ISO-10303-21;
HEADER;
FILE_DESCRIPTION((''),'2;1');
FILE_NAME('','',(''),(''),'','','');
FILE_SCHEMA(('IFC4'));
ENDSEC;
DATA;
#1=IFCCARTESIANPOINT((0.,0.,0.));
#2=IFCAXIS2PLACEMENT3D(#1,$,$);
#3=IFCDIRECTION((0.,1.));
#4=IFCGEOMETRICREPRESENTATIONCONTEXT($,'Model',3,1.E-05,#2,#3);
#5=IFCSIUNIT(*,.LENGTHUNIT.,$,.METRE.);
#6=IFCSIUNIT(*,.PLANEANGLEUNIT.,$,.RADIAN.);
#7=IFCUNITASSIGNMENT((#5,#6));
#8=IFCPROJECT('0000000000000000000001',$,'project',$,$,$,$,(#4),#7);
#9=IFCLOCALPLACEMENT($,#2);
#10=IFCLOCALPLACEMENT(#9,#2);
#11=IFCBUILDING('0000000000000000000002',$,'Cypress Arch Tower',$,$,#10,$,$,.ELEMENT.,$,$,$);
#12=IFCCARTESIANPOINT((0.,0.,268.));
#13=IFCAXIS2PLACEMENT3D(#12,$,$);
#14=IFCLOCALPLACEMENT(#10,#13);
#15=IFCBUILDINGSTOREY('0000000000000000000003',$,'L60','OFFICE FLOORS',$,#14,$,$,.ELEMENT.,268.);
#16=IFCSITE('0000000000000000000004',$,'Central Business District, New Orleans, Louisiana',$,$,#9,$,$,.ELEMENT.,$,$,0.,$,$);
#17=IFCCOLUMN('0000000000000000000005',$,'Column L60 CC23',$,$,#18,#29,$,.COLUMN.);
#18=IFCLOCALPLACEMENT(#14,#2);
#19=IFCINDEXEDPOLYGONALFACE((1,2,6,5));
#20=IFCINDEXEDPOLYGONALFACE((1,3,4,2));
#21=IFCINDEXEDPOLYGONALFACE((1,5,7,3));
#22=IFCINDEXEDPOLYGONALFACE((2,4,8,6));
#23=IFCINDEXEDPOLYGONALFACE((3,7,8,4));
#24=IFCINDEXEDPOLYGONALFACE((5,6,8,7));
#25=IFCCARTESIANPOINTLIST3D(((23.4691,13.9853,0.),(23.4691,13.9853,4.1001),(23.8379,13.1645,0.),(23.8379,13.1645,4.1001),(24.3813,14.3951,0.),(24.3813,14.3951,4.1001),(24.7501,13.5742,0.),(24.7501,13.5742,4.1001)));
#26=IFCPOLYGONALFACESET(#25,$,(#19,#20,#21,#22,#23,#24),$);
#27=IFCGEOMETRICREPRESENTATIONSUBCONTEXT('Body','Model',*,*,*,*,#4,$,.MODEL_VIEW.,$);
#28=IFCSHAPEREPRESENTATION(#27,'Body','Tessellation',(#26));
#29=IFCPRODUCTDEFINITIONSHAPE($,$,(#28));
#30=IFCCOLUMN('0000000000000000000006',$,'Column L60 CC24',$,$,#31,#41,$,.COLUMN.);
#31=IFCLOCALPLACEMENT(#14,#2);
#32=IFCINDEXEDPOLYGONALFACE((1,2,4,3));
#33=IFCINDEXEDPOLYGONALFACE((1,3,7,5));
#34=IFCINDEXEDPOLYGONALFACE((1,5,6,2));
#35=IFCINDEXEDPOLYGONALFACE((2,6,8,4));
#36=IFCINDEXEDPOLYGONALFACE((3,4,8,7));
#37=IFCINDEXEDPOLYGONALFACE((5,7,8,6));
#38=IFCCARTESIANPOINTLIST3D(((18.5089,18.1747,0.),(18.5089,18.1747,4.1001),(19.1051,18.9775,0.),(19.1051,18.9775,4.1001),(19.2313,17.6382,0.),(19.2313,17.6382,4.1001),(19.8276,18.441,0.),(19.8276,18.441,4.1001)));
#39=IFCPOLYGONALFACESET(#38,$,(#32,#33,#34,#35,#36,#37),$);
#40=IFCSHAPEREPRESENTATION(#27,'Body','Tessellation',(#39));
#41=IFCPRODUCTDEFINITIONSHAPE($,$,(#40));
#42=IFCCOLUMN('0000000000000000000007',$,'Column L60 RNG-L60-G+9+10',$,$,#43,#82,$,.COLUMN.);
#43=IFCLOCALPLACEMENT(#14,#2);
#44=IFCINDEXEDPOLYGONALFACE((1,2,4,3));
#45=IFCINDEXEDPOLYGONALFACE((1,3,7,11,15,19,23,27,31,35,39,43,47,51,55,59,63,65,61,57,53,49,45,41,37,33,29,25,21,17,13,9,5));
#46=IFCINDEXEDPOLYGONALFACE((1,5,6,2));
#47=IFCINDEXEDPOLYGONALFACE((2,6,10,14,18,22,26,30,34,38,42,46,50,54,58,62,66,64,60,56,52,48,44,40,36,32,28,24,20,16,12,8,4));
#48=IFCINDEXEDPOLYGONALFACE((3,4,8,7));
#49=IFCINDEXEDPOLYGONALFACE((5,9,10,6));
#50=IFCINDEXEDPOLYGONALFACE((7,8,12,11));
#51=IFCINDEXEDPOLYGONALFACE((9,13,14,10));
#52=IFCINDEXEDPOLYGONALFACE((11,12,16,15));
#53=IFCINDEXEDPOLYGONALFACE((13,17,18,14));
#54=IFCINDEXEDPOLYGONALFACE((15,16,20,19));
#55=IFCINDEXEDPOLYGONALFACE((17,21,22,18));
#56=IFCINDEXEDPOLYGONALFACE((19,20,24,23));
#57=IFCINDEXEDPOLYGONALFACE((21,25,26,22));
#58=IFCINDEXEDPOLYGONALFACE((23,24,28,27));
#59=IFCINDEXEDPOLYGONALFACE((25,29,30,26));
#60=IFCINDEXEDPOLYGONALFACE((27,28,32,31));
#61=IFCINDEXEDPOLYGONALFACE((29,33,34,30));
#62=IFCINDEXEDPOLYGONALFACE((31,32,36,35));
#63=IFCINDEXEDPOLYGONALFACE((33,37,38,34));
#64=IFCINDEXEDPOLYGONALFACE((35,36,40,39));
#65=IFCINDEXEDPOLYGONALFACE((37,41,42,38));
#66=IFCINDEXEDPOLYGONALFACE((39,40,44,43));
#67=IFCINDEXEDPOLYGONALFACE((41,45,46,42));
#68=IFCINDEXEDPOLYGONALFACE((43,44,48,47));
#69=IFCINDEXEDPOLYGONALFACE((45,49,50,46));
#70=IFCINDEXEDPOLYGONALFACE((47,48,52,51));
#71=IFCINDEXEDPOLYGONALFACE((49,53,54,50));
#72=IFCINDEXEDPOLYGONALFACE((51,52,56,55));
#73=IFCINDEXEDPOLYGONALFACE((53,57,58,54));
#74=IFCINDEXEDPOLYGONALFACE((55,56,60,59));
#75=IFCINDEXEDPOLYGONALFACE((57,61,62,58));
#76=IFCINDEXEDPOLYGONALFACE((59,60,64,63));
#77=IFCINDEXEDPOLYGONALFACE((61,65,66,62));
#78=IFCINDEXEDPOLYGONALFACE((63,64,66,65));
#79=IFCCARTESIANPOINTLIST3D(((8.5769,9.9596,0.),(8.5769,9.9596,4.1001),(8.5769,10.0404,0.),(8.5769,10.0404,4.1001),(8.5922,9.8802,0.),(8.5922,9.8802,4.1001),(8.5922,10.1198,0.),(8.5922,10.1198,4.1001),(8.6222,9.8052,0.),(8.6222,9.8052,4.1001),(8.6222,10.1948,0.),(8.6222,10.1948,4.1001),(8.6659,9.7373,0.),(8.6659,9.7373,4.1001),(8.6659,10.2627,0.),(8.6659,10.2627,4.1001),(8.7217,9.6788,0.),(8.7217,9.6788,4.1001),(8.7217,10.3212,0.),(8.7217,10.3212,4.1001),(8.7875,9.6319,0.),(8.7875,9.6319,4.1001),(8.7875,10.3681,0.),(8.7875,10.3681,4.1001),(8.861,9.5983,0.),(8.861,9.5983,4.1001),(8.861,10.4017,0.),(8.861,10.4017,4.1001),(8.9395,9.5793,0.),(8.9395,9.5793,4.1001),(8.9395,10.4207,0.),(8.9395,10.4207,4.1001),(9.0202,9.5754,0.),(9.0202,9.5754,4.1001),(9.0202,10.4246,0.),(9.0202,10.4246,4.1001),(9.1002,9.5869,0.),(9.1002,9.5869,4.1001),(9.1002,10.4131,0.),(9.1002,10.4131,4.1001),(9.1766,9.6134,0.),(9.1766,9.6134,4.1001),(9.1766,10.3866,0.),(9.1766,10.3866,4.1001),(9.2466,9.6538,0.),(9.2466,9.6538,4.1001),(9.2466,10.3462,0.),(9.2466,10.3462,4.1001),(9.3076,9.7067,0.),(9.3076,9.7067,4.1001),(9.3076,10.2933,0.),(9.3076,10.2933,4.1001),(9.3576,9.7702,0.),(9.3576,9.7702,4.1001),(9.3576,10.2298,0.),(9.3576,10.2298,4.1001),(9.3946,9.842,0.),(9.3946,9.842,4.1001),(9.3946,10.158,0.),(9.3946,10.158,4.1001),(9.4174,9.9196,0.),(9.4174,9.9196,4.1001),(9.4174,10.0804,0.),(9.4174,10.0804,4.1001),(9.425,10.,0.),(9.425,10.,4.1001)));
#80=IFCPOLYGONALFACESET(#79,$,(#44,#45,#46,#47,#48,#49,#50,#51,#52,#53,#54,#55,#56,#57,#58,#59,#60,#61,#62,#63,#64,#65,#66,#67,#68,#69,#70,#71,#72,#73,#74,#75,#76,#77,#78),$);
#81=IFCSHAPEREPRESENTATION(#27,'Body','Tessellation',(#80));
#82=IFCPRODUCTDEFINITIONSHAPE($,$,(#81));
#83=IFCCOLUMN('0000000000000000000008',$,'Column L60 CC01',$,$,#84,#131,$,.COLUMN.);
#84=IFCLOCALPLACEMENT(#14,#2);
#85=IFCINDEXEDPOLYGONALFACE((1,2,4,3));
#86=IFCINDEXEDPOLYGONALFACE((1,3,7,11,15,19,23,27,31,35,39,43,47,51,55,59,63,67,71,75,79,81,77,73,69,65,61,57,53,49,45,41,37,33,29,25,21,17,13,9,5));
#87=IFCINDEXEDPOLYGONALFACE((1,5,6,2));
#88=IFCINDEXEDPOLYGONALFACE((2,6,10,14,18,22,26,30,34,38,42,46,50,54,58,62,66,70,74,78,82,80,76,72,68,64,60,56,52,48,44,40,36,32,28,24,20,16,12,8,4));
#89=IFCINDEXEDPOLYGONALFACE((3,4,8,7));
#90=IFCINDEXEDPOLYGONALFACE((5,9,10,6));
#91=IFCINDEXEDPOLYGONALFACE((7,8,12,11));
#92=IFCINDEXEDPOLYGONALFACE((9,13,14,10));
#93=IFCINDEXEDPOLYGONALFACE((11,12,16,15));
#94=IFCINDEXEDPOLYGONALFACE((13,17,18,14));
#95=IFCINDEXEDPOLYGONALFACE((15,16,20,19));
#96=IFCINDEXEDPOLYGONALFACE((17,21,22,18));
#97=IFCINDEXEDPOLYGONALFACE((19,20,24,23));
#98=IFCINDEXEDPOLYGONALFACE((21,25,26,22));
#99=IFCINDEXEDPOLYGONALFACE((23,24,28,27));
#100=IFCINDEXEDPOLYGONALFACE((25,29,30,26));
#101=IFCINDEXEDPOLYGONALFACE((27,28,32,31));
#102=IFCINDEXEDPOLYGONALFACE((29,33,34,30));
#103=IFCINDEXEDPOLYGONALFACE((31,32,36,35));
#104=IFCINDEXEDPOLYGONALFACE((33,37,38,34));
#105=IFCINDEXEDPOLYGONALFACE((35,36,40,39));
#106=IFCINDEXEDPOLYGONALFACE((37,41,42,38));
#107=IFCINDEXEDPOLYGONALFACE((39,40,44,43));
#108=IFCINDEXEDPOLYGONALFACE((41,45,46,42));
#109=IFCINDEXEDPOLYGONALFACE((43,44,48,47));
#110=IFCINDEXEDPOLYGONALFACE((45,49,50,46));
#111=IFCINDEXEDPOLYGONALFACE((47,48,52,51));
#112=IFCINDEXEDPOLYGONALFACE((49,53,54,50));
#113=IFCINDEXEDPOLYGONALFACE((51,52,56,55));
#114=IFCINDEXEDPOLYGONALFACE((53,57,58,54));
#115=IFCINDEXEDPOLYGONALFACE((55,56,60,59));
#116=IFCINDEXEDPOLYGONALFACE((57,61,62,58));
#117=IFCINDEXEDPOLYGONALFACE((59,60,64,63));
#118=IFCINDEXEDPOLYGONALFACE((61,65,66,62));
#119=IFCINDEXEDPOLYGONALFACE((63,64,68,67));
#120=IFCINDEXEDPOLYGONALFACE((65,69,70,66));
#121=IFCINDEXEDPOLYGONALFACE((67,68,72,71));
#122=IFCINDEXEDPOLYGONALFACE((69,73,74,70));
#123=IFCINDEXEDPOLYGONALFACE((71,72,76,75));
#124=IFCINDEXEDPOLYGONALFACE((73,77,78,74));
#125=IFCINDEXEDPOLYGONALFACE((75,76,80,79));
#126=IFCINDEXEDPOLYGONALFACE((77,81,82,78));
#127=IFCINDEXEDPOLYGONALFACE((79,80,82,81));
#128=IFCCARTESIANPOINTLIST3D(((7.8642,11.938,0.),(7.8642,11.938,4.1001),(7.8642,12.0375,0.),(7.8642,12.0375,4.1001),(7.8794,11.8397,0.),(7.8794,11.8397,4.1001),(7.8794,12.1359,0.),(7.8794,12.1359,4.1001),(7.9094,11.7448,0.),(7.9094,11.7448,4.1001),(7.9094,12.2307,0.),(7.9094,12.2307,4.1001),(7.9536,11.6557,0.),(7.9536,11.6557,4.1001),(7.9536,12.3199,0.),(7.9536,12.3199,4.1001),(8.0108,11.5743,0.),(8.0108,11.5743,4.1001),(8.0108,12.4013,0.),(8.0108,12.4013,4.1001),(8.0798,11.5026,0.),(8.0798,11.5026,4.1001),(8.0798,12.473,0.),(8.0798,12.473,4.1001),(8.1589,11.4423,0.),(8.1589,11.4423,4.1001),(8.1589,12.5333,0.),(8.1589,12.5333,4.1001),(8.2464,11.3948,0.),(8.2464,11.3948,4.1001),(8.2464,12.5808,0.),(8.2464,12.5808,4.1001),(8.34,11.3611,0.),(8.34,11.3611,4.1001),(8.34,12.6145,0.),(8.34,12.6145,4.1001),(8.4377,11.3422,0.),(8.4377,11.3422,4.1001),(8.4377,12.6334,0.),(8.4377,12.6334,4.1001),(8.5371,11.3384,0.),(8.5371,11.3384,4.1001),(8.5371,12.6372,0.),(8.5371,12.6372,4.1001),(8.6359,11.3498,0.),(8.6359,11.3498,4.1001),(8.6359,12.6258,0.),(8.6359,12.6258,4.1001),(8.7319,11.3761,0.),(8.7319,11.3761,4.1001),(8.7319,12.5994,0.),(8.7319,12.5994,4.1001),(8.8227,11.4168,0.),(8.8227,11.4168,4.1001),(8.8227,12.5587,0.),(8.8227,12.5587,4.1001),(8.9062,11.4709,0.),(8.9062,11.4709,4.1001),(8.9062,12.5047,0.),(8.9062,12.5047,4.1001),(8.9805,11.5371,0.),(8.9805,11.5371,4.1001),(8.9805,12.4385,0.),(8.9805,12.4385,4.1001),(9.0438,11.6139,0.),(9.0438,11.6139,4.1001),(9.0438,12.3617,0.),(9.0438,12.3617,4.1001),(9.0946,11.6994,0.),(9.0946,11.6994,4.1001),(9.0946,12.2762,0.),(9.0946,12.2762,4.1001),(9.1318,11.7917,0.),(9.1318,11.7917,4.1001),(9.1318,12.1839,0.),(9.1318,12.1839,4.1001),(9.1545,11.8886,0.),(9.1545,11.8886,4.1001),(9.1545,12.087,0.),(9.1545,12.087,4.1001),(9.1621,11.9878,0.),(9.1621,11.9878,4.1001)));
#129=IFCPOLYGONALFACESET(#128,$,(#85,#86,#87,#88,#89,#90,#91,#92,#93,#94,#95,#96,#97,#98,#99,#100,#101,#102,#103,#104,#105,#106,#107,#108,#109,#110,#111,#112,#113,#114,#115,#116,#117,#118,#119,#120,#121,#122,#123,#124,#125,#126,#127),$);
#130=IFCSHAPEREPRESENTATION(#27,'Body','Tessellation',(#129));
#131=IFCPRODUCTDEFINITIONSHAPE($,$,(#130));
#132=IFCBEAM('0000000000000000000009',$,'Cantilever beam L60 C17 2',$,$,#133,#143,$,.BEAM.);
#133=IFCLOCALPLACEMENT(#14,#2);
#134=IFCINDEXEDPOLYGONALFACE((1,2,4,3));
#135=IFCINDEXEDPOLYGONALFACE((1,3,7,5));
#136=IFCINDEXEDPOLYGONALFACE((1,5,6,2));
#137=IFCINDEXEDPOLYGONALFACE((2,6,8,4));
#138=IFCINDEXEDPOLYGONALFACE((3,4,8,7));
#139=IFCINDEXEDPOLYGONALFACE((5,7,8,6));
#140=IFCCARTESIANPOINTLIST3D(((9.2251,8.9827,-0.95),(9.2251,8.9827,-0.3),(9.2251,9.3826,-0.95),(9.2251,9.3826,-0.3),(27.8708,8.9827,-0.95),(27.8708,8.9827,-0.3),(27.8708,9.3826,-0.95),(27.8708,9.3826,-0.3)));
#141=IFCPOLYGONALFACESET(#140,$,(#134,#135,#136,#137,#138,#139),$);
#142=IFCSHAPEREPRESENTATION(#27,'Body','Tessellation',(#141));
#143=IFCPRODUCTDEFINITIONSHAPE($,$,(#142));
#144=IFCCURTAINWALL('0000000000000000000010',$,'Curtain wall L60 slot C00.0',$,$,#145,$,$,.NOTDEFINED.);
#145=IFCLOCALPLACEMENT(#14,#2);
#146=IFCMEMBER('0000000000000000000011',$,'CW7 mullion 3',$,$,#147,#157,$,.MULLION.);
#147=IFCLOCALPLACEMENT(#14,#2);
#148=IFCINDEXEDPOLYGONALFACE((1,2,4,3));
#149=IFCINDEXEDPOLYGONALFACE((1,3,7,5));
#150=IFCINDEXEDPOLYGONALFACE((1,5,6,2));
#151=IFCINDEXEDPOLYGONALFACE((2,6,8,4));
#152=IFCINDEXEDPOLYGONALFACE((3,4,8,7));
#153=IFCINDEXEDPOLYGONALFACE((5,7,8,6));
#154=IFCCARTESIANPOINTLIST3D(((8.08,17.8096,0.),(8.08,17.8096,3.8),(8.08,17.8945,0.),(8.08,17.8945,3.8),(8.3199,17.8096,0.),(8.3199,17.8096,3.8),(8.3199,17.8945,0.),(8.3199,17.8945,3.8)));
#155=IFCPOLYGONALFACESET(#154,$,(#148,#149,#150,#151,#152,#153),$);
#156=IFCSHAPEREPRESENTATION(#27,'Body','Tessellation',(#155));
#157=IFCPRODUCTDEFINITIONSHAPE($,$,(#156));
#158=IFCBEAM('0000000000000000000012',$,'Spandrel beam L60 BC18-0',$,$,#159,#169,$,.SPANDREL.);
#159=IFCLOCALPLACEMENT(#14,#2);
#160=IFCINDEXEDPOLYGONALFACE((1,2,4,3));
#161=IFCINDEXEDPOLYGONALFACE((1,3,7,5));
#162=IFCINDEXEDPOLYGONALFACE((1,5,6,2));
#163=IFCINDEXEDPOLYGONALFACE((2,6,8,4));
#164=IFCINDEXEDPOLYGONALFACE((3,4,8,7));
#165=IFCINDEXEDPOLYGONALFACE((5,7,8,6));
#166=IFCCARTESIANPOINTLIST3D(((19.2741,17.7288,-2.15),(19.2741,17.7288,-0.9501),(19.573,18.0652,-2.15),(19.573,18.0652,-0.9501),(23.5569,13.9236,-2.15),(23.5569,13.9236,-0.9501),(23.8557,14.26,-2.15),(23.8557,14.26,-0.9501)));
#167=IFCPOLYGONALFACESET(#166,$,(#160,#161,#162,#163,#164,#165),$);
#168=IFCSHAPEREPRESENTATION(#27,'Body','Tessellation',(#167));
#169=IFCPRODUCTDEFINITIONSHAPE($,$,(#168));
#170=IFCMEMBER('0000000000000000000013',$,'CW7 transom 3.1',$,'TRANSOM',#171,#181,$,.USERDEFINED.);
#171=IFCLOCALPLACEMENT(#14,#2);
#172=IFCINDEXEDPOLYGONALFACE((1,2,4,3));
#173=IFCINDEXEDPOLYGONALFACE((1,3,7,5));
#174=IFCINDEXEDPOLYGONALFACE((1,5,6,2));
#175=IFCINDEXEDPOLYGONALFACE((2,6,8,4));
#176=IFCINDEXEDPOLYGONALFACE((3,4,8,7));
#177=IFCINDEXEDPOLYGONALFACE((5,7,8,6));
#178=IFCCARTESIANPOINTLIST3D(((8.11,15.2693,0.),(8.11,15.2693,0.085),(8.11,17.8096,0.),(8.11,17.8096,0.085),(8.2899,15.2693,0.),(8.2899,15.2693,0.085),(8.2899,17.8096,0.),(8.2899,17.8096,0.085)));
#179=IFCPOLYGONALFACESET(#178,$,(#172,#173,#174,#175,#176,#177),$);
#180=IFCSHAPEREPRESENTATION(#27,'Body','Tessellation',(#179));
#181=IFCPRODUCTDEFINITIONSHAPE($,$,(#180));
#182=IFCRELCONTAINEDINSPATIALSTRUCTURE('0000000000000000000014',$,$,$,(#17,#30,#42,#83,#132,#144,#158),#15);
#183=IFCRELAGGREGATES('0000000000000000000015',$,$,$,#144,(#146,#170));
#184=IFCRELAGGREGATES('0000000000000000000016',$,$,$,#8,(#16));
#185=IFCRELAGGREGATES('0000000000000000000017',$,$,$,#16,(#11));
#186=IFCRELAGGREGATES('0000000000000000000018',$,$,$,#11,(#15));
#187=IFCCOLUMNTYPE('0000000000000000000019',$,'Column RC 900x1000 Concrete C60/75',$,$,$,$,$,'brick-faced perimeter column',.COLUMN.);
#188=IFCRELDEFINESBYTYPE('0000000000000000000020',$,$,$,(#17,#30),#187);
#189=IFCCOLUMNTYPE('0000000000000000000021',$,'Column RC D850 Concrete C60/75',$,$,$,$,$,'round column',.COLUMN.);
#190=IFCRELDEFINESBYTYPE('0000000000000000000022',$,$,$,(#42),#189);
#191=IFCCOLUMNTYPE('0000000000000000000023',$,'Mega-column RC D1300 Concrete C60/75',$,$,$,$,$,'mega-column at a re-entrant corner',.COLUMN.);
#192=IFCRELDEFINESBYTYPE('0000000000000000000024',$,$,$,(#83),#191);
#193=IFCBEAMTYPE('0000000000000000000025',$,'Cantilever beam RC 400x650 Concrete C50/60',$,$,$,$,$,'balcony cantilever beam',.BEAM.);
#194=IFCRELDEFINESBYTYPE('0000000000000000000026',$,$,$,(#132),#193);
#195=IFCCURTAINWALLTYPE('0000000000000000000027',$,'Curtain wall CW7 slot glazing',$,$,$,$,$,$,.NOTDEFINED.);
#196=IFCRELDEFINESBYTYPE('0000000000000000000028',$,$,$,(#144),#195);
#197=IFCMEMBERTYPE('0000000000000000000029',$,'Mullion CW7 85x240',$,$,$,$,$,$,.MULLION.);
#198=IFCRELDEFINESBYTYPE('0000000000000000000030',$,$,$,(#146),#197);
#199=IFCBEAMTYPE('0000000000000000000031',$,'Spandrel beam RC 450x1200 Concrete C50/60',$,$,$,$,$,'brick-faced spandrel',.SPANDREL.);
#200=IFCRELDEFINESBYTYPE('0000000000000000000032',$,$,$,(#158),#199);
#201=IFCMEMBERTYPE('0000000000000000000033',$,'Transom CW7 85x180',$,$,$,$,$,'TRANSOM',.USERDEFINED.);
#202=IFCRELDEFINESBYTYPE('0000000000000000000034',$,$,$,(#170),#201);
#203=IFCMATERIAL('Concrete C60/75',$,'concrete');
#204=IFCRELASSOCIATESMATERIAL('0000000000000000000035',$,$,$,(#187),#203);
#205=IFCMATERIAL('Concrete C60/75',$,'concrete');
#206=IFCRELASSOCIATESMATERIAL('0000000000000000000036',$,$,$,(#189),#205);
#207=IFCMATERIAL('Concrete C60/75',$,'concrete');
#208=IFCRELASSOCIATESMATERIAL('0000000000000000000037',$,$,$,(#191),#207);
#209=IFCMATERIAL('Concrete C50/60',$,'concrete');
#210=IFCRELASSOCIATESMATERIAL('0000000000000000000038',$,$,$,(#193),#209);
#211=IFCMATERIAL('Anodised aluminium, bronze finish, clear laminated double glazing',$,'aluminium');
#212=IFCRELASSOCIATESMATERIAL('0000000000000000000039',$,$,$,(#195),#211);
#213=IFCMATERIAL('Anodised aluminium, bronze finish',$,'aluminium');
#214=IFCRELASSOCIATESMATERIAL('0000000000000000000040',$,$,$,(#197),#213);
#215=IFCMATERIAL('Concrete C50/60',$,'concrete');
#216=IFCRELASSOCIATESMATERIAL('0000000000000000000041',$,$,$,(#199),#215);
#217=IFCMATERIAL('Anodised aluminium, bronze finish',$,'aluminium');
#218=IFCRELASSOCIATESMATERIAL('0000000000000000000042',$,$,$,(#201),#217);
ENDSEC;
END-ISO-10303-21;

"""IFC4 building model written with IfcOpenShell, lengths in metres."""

from ifc_helpers import new_model, si_unit, direction, frame, origin, origin_2d, place, context, subcontext, project, spatial, rectangle, circle, extrude, material, material_profile, profile_set, type_object, element, aggregate, save


model = new_model("IFC4")

# Units and contexts
model_context = context("Model", 3, precision=1e-05, world=origin(), true_north=direction((0.0, 1.0)))
body_context = subcontext(model_context, "Body", "Model", "MODEL_VIEW")
ifc_project = project(units=[si_unit("LENGTHUNIT", "METRE"), si_unit("PLANEANGLEUNIT", "RADIAN")], contexts=[model_context])

# Site, building, storey
site_placement = place(None, origin())
site = spatial("IfcSite", under=ifc_project, at=site_placement, Name="Central Business District, New Orleans, Louisiana", CompositionType="ELEMENT", RefElevation=0.0)
building_placement = place(site_placement, origin())
building = spatial("IfcBuilding", under=site, at=building_placement, Name="Cypress Arch Tower", CompositionType="ELEMENT")
storey_placement = place(building_placement, frame((0.0, 0.0, 268.0)))
storey = spatial("IfcBuildingStorey", under=building, at=storey_placement, Name="L60", Description="OFFICE FLOORS", CompositionType="ELEMENT", Elevation=268.0)

# Columns
ifc_material_1 = material(Name="Concrete C60/75", Category="concrete")
ifc_material_profile_1 = material_profile(ifc_material_1, rectangle(XDim=0.8999, YDim=1.0, at=origin_2d()), Name="RC 900x1000")
ifc_profile_set_1 = profile_set([ifc_material_profile_1], Name="Concrete C60/75")
column_type_1 = type_object("IfcColumnType", Name="Column RC 900x1000 Concrete C60/75", ElementType="brick-faced perimeter column", PredefinedType="COLUMN", material=ifc_profile_set_1)
for number, where, z_axis, x_axis, name in (
    (1, (24.1096, 13.7798, 0.0), (0.0, 0.0, 1.0), (-0.409765, 0.912191, 0.0), "Column L60 CC23"),
    (2, (19.1682, 18.3079, 0.0), (0.0, 0.0, 1.0), (-0.802799, 0.59625, 0.0), "Column L60 CC24"),
):
    element("IfcColumn", number, at=place(storey_placement, frame(where, z_axis=z_axis, x_axis=x_axis)), inside=storey, type_object=column_type_1, Name=name, PredefinedType="COLUMN", context=body_context, shape_type="SweptSolid", body=[
        extrude(rectangle(XDim=0.8999, YDim=1.0, at=origin_2d()), origin(), (0.0, 0.0, 1.0), 4.1001),
    ])
ifc_material_2 = material(Name="Concrete C60/75", Category="concrete")
ifc_material_profile_2 = material_profile(ifc_material_2, circle(Radius=0.425, at=origin_2d()), Name="RC D850")
ifc_profile_set_2 = profile_set([ifc_material_profile_2], Name="Concrete C60/75")
column_type_2 = type_object("IfcColumnType", Name="Column RC D850 Concrete C60/75", ElementType="round column", PredefinedType="COLUMN", material=ifc_profile_set_2)
column_1_placement = place(storey_placement, frame((9.0, 10.0, 0.0), z_axis=(0.0, 0.0, 1.0), x_axis=(1.0, 0.0, 0.0)))
element("IfcColumn", 3, at=column_1_placement, inside=storey, type_object=column_type_2, Name="Column L60 RNG-L60-G+9+10", PredefinedType="COLUMN", context=body_context, shape_type="SweptSolid", body=[
    extrude(circle(Radius=0.425, at=origin_2d()), origin(), (0.0, 0.0, 1.0), 4.1001),
])
ifc_material_3 = material(Name="Concrete C60/75", Category="concrete")
ifc_material_profile_3 = material_profile(ifc_material_3, circle(Radius=0.6499, at=origin_2d()), Name="RC D1300")
ifc_profile_set_3 = profile_set([ifc_material_profile_3], Name="Concrete C60/75")
column_type_3 = type_object("IfcColumnType", Name="Mega-column RC D1300 Concrete C60/75", ElementType="mega-column at a re-entrant corner", PredefinedType="COLUMN", material=ifc_profile_set_3)
column_2_placement = place(storey_placement, frame((8.5122, 11.9878, 0.0), z_axis=(0.0, 0.0, 1.0), x_axis=(1.0, 0.0, 0.0)))
element("IfcColumn", 4, at=column_2_placement, inside=storey, type_object=column_type_3, Name="Column L60 CC01", PredefinedType="COLUMN", context=body_context, shape_type="SweptSolid", body=[
    extrude(circle(Radius=0.6499, at=origin_2d()), origin(), (0.0, 0.0, 1.0), 4.1001),
])

# Beam
ifc_material_4 = material(Name="Concrete C50/60", Category="concrete")
ifc_material_profile_4 = material_profile(ifc_material_4, rectangle(XDim=0.3999, YDim=0.6499, at=origin_2d()), Name="RC 400x650")
ifc_profile_set_4 = profile_set([ifc_material_profile_4], Name="Concrete C50/60")
beam_type_1 = type_object("IfcBeamType", Name="Cantilever beam RC 400x650 Concrete C50/60", ElementType="balcony cantilever beam", PredefinedType="BEAM", material=ifc_profile_set_4)
beam_1_placement = place(storey_placement, frame((9.2251, 9.1826, -0.625), z_axis=(1.0, 0.0, 0.0), x_axis=(0.0, 1.0, 0.0)))
element("IfcBeam", 5, at=beam_1_placement, inside=storey, type_object=beam_type_1, Name="Cantilever beam L60 C17 2", PredefinedType="BEAM", context=body_context, shape_type="SweptSolid", body=[
    extrude(rectangle(XDim=0.3999, YDim=0.6499, at=origin_2d()), origin(), (0.0, 0.0, 1.0), 18.6458),
])

# Curtain wall, member
ifc_material_5 = material(Name="Anodised aluminium, bronze finish, clear laminated double glazing", Category="aluminium")
curtain_wall_type = type_object("IfcCurtainWallType", Name="Curtain wall CW7 slot glazing", PredefinedType="NOTDEFINED", material=ifc_material_5)
curtain_wall_placement = place(storey_placement, origin())
curtain_wall = element("IfcCurtainWall", 6, at=curtain_wall_placement, inside=storey, type_object=curtain_wall_type, Name="Curtain wall L60 slot C00.0", PredefinedType="NOTDEFINED")
ifc_material_6 = material(Name="Anodised aluminium, bronze finish", Category="aluminium")
ifc_material_profile_5 = material_profile(ifc_material_6, rectangle(XDim=0.24, YDim=0.085, at=origin_2d()), Name="Mullion 85x240")
ifc_profile_set_5 = profile_set([ifc_material_profile_5], Name="Anodised aluminium, bronze finish")
member_type_1 = type_object("IfcMemberType", Name="Mullion CW7 85x240", PredefinedType="MULLION", material=ifc_profile_set_5)
member_1_placement = place(storey_placement, frame((8.2, 17.8521, 0.0), z_axis=(0.0, 0.0, 1.0), x_axis=(1.0, 0.0, 0.0)))
member_1 = element("IfcMember", 7, at=member_1_placement, type_object=member_type_1, Name="CW7 mullion 3", PredefinedType="MULLION", context=body_context, shape_type="SweptSolid", body=[
    extrude(rectangle(XDim=0.24, YDim=0.085, at=origin_2d()), origin(), (0.0, 0.0, 1.0), 3.8),
])

# Beam
ifc_material_7 = material(Name="Concrete C50/60", Category="concrete")
ifc_material_profile_6 = material_profile(ifc_material_7, rectangle(XDim=0.45, YDim=1.2, at=origin_2d()), Name="RC 450x1200")
ifc_profile_set_6 = profile_set([ifc_material_profile_6], Name="Concrete C50/60")
beam_type_2 = type_object("IfcBeamType", Name="Spandrel beam RC 450x1200 Concrete C50/60", ElementType="brick-faced spandrel", PredefinedType="SPANDREL", material=ifc_profile_set_6)
beam_2_placement = place(storey_placement, frame((23.7063, 14.0918, -1.55), z_axis=(-0.747555, 0.6642, 0.0), x_axis=(-0.6642, -0.747555, 0.0)))
element("IfcBeam", 8, at=beam_2_placement, inside=storey, type_object=beam_type_2, Name="Spandrel beam L60 BC18-0", PredefinedType="SPANDREL", context=body_context, shape_type="SweptSolid", body=[
    extrude(rectangle(XDim=0.45, YDim=1.2, at=origin_2d()), origin(), (0.0, 0.0, 1.0), 5.729),
])

# Member
ifc_material_8 = material(Name="Anodised aluminium, bronze finish", Category="aluminium")
ifc_material_profile_7 = material_profile(ifc_material_8, rectangle(XDim=0.1799, YDim=0.085, at=origin_2d()), Name="Transom 85x180")
ifc_profile_set_7 = profile_set([ifc_material_profile_7], Name="Anodised aluminium, bronze finish")
member_type_2 = type_object("IfcMemberType", Name="Transom CW7 85x180", ElementType="TRANSOM", PredefinedType="USERDEFINED", material=ifc_profile_set_7)
member_2_placement = place(storey_placement, frame((8.2, 17.8096, 0.0425), z_axis=(0.0, -1.0, 0.0), x_axis=(1.0, 0.0, 0.0)))
member_2 = element("IfcMember", 9, at=member_2_placement, type_object=member_type_2, Name="CW7 transom 3.1", ObjectType="TRANSOM", PredefinedType="USERDEFINED", context=body_context, shape_type="SweptSolid", body=[
    extrude(rectangle(XDim=0.1799, YDim=0.085, at=origin_2d()), origin(), (0.0, 0.0, 1.0), 2.5403),
])

aggregate(curtain_wall, [member_1, member_2])

save(model, "model.ifc")
